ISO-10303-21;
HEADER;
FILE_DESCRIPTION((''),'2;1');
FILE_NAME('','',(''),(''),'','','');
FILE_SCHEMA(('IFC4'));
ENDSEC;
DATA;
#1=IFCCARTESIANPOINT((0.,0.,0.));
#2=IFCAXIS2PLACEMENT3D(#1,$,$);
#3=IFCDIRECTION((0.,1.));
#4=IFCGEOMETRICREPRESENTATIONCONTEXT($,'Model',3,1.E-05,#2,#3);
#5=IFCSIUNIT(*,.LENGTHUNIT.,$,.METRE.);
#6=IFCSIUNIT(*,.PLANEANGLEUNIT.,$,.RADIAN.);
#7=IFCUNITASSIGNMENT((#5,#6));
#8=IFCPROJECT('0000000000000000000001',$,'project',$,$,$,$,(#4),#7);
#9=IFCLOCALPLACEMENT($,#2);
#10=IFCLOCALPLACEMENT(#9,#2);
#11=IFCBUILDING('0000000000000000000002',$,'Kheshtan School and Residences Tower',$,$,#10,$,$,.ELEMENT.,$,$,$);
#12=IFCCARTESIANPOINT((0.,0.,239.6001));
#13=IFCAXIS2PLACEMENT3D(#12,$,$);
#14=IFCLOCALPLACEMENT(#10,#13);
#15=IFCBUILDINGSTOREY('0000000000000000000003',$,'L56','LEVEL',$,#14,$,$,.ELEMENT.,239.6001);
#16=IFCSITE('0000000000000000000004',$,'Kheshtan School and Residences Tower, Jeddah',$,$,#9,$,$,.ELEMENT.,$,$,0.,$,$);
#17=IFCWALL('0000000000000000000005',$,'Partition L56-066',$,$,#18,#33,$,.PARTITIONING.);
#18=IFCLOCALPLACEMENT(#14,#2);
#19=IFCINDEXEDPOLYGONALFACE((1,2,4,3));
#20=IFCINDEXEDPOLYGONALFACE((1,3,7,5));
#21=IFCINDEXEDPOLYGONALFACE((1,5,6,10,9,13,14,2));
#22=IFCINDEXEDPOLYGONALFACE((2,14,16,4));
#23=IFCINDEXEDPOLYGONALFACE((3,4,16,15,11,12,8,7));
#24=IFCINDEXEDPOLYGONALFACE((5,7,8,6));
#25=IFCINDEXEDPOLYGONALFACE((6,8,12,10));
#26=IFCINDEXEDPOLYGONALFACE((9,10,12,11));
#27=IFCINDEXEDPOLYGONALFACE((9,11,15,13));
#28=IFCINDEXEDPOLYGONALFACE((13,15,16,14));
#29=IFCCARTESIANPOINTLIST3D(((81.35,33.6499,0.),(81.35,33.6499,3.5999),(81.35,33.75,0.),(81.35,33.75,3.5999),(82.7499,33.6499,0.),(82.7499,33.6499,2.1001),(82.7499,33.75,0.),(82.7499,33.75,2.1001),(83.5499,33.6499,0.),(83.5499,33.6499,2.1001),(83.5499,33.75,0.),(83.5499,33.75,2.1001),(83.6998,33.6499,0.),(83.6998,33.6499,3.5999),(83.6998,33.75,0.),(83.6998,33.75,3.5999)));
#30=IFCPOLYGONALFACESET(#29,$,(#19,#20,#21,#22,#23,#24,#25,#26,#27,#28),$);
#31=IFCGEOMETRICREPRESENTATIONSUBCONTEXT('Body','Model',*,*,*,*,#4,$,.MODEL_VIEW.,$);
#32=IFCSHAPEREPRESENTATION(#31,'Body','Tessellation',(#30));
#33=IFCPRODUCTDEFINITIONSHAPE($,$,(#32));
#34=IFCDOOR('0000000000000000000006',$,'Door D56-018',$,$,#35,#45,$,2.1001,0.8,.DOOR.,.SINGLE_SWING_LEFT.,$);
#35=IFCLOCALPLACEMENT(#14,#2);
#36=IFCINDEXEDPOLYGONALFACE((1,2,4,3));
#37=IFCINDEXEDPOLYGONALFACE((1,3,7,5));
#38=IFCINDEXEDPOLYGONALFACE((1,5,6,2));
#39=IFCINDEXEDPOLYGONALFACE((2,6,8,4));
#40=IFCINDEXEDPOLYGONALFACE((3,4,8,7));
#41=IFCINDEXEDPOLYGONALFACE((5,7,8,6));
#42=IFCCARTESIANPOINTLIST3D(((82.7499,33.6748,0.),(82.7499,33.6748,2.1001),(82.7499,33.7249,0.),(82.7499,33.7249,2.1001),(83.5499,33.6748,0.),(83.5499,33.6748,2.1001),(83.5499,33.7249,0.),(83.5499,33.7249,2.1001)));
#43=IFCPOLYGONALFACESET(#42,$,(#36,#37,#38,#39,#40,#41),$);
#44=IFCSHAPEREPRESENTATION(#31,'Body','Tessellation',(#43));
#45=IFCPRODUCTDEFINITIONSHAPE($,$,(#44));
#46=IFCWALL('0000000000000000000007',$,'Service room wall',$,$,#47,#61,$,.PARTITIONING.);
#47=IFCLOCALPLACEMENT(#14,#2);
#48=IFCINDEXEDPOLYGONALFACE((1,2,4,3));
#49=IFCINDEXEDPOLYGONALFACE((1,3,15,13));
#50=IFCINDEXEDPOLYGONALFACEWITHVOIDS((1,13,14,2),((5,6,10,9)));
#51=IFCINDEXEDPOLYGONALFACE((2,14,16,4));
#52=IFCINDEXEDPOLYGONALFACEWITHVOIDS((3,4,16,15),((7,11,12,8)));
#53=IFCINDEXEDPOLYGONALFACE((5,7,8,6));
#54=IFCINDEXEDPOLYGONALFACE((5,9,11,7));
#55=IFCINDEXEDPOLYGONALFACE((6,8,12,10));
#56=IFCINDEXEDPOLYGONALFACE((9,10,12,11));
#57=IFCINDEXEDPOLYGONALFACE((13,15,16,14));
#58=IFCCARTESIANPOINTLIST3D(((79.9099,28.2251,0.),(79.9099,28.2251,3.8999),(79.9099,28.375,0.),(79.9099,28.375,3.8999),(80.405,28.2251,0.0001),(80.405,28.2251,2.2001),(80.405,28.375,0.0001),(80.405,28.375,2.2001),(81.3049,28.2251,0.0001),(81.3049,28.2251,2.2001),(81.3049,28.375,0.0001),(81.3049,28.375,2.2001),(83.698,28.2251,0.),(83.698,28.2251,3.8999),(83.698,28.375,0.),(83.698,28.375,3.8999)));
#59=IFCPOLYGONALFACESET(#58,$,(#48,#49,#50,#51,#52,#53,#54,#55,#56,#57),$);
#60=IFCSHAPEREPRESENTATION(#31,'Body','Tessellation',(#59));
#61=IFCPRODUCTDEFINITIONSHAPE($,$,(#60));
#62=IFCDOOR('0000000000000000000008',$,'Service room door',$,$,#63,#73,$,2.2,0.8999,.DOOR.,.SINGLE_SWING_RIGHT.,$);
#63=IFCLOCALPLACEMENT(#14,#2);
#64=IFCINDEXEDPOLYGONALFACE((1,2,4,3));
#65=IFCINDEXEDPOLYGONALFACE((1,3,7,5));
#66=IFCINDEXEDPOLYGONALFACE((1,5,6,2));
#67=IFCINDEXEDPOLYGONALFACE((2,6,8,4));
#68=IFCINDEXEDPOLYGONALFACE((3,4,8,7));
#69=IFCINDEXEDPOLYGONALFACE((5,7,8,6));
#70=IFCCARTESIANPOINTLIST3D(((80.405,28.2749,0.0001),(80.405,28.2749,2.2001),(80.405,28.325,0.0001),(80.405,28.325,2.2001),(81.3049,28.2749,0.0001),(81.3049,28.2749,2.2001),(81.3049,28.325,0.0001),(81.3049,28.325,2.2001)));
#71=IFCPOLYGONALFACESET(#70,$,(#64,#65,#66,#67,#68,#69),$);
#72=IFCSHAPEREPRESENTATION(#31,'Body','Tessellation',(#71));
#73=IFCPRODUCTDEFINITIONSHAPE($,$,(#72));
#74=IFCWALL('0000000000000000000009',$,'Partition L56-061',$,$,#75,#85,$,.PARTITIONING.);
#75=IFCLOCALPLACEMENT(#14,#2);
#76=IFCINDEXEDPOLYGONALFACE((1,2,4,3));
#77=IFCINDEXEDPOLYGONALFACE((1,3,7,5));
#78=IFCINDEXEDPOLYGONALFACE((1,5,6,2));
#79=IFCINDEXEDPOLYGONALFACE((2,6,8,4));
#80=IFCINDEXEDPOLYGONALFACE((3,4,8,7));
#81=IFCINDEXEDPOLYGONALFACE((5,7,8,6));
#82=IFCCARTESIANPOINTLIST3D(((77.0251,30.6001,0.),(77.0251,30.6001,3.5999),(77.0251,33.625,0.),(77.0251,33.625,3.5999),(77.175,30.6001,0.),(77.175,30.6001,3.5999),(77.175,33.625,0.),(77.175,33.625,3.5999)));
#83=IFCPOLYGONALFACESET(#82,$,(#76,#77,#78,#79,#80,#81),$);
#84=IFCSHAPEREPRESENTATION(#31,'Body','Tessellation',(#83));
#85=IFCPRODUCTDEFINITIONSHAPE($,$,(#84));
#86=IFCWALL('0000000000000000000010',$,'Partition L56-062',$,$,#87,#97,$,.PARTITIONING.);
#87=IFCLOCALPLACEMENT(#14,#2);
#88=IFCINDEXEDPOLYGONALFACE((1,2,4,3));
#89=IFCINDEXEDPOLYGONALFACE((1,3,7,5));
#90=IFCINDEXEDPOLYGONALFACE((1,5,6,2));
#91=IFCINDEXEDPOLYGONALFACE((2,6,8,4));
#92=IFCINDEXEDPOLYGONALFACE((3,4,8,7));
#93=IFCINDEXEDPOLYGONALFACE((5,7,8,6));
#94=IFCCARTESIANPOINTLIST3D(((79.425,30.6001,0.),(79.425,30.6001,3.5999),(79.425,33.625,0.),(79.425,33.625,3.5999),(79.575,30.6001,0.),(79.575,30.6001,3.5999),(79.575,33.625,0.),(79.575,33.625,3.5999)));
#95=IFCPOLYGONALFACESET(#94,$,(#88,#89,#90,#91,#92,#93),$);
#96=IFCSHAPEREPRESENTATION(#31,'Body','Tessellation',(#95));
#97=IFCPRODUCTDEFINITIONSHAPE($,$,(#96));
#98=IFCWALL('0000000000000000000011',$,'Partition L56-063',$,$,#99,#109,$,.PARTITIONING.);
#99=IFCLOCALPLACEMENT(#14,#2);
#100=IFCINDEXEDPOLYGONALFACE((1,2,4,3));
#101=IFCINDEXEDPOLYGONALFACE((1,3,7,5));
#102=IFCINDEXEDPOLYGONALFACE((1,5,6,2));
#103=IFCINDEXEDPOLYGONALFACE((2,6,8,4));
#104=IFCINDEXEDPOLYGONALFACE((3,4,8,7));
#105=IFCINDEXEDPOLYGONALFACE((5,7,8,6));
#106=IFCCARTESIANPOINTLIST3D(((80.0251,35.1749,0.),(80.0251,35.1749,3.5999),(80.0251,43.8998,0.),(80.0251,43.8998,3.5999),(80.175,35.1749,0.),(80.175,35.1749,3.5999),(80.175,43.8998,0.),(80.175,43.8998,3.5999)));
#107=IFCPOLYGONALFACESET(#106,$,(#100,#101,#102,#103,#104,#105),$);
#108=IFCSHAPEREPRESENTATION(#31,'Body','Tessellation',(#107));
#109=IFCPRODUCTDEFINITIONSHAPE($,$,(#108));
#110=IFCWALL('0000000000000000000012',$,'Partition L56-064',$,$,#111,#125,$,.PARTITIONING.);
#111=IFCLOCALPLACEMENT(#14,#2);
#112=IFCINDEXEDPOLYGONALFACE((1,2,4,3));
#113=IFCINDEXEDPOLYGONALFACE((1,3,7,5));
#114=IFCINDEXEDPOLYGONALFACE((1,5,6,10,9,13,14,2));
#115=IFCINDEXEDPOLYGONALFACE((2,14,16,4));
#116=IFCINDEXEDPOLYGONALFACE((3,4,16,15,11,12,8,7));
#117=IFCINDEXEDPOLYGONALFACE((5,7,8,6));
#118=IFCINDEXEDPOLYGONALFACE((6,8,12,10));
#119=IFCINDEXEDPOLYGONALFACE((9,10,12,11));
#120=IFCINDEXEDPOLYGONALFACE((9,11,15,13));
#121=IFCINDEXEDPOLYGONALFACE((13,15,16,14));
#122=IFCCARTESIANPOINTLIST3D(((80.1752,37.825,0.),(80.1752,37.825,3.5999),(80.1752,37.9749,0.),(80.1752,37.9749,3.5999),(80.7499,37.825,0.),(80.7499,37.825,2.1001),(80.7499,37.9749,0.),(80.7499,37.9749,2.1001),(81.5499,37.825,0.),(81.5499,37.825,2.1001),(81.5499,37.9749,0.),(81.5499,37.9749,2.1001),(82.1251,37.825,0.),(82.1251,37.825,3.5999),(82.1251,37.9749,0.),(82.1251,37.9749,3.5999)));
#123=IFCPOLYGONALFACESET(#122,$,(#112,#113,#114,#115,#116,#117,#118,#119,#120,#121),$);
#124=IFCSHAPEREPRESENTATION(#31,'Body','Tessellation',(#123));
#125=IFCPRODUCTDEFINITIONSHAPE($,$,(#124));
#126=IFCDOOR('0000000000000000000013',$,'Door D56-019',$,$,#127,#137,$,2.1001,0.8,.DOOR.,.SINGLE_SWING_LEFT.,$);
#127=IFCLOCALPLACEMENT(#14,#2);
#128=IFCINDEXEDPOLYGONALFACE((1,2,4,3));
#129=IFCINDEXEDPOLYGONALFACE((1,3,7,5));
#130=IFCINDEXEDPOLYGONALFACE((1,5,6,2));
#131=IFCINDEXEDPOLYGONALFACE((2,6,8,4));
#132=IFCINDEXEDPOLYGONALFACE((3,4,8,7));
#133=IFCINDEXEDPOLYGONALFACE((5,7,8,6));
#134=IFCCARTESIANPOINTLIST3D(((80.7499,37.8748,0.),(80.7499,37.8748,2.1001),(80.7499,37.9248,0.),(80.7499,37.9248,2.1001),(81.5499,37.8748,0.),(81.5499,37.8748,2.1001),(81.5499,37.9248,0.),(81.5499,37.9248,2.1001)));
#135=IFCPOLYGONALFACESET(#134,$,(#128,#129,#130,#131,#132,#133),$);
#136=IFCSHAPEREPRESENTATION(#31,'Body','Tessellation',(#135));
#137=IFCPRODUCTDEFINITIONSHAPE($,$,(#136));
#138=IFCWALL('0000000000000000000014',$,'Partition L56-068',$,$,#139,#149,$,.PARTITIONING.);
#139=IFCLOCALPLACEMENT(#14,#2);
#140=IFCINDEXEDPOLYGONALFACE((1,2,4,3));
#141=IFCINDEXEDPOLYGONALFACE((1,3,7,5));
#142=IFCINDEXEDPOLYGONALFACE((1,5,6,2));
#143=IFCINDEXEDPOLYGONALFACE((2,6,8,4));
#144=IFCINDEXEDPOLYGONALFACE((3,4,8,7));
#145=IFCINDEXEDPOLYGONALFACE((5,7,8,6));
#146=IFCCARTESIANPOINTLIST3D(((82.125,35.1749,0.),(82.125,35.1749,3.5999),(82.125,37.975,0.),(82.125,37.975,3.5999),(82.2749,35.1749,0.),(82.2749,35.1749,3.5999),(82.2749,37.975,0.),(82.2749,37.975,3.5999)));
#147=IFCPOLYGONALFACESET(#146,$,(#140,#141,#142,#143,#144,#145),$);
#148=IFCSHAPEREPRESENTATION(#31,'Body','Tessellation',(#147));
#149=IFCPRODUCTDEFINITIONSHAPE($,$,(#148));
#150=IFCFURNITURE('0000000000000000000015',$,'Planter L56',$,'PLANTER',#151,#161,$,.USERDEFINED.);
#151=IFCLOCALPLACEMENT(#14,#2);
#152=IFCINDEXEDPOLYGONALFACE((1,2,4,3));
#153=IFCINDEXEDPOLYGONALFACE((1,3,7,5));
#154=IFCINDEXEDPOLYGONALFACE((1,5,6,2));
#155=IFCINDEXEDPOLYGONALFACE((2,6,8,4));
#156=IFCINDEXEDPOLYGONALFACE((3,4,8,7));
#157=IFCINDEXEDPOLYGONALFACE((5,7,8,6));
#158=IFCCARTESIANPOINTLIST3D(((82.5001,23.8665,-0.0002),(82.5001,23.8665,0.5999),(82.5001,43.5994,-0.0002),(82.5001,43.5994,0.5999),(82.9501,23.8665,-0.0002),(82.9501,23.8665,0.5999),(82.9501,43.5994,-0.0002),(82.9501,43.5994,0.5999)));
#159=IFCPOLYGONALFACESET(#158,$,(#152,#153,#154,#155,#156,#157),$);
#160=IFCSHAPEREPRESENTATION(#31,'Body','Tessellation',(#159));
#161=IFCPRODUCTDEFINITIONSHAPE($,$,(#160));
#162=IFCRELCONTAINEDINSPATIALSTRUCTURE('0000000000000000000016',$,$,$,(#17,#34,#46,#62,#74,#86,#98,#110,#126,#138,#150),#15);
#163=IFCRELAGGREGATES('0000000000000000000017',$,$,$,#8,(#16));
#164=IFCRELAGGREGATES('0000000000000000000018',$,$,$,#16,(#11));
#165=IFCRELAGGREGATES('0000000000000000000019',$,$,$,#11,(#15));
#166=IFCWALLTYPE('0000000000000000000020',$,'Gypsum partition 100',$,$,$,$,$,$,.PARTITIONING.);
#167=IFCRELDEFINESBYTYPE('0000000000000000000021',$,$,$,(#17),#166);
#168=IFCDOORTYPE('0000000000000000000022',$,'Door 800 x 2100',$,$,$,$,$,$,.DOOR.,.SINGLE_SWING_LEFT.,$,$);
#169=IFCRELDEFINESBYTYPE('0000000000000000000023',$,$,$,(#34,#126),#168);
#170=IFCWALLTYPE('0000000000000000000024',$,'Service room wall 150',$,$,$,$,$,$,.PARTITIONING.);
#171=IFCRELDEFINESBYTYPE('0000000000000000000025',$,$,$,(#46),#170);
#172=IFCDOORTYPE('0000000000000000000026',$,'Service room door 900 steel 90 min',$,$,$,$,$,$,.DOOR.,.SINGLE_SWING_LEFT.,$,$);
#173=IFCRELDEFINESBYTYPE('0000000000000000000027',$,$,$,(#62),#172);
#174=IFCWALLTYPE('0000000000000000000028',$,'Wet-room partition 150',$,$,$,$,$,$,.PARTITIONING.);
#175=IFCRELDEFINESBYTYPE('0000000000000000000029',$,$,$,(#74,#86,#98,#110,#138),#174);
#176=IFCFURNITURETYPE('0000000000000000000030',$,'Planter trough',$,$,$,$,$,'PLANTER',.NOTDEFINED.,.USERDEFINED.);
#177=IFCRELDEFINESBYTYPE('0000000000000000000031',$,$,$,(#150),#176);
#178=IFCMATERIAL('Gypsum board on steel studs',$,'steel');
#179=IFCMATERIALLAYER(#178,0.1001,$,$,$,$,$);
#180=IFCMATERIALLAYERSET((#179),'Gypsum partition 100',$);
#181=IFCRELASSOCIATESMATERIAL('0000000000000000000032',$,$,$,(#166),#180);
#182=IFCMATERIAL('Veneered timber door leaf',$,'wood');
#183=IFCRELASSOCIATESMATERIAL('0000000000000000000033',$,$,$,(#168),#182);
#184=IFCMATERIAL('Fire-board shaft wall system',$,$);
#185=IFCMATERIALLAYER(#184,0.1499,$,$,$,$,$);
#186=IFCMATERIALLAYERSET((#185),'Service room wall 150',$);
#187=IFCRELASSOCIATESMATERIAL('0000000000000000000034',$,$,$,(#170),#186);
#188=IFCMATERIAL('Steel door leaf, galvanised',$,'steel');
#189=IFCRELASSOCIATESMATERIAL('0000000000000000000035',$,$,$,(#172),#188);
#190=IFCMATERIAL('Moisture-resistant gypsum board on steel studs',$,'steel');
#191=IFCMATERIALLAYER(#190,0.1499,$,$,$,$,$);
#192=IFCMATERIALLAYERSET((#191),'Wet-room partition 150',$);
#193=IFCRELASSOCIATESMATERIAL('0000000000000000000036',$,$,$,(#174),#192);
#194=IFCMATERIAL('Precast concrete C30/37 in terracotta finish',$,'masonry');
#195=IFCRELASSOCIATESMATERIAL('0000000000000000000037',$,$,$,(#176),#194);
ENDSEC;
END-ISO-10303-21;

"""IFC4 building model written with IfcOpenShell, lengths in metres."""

from ifc_helpers import new_model, si_unit, direction, frame, frame_2d, origin, origin_2d, place, context, subcontext, project, spatial, rectangle, extrude, source, transform, mapped, material, layer, layer_set, type_object, element, fill, save


model = new_model("IFC4")

# Units and contexts
model_context = context("Model", 3, precision=1e-05, world=origin(), true_north=direction((0.0, 1.0)))
body_context = subcontext(model_context, "Body", "Model", "MODEL_VIEW")
ifc_project = project(units=[si_unit("LENGTHUNIT", "METRE"), si_unit("PLANEANGLEUNIT", "RADIAN")], contexts=[model_context])

# Site, building, storey
site_placement = place(None, origin())
site = spatial("IfcSite", under=ifc_project, at=site_placement, Name="Kheshtan School and Residences Tower, Jeddah", CompositionType="ELEMENT", RefElevation=0.0)
building_placement = place(site_placement, origin())
building = spatial("IfcBuilding", under=site, at=building_placement, Name="Kheshtan School and Residences Tower", CompositionType="ELEMENT")
storey_placement = place(building_placement, frame((0.0, 0.0, 239.6001)))
storey = spatial("IfcBuildingStorey", under=building, at=storey_placement, Name="L56", Description="LEVEL", CompositionType="ELEMENT", Elevation=239.6001)

# Shared definitions
ifc_material_1 = material(Name="Gypsum board on steel studs", Category="steel")
ifc_layer_1 = layer(ifc_material_1, 0.1001)
ifc_layer_set_1 = layer_set([ifc_layer_1], Name="Gypsum partition 100")
wall_type_1 = type_object("IfcWallType", Name="Gypsum partition 100", PredefinedType="PARTITIONING", material=ifc_layer_set_1)

# Walls, openings, doors
wall_1_placement = place(storey_placement, frame((81.3501, 33.7, 0.0), z_axis=(0.0, 0.0, 1.0), x_axis=(1.0, 0.0, 0.0)))
wall_1 = element("IfcWall", 1, at=wall_1_placement, inside=storey, type_object=wall_type_1, Name="Partition L56-066", PredefinedType="PARTITIONING", context=body_context, shape_type="SweptSolid", body=[
    extrude(rectangle(XDim=2.3499, YDim=0.1001, at=frame_2d((1.1748, 0.0))), origin(), (0.0, 0.0, 1.0), 3.5999),
])
opening_1_placement = place(wall_1_placement, frame((1.3999, 0.0, 0.0)))
opening_1 = element("IfcOpeningElement", 2, at=opening_1_placement, cuts=wall_1, PredefinedType="OPENING", context=body_context, shape_type="SweptSolid", body=[
    extrude(rectangle(XDim=0.8, YDim=2.1001, at=frame_2d((0.3999, 1.05))), frame((0.0, 0.0601, 0.0), z_axis=(0.0, -1.0, 0.0), x_axis=(1.0, 0.0, 0.0)), (0.0, 0.0, 1.0), 0.1201),
])
ifc_material_2 = material(Name="Veneered timber door leaf", Category="wood")
door_type_1 = type_object("IfcDoorType", Name="Door 800 x 2100", OperationType="SINGLE_SWING_LEFT", PredefinedType="DOOR", material=ifc_material_2)
shared_shape_1 = source(origin(), body_context, "Body", "SweptSolid", [
    extrude(rectangle(XDim=0.8, YDim=2.1001, at=frame_2d((0.3999, 1.05))), frame((0.0, 0.0249, 0.0), z_axis=(0.0, -1.0, 0.0), x_axis=(1.0, 0.0, 0.0)), (0.0, 0.0, 1.0), 0.05),
])
door_1_placement = place(opening_1_placement, origin())
door_1 = element("IfcDoor", 3, at=door_1_placement, inside=storey, type_object=door_type_1, Name="Door D56-018", OperationType="SINGLE_SWING_LEFT", OverallHeight=2.1001, OverallWidth=0.8, PredefinedType="DOOR", context=body_context, shape_type="MappedRepresentation", body=[
    mapped(shared_shape_1, transform((0.0, 0.0, 0.0), x_axis=(1.0, 0.0, 0.0), y_axis=(0.0, 1.0, 0.0), z_axis=(0.0, 0.0, 1.0), scale=1.0)),
])
fill(opening_1, door_1)
ifc_material_3 = material(Name="Fire-board shaft wall system")
ifc_layer_2 = layer(ifc_material_3, 0.1499)
ifc_layer_set_2 = layer_set([ifc_layer_2], Name="Service room wall 150")
wall_type_2 = type_object("IfcWallType", Name="Service room wall 150", PredefinedType="PARTITIONING", material=ifc_layer_set_2)
wall_2_placement = place(storey_placement, frame((79.9099, 28.3, 0.0), z_axis=(0.0, 0.0, 1.0), x_axis=(1.0, 0.0, 0.0)))
wall_2 = element("IfcWall", 4, at=wall_2_placement, inside=storey, type_object=wall_type_2, Name="Service room wall", PredefinedType="PARTITIONING", context=body_context, shape_type="SweptSolid", body=[
    extrude(rectangle(XDim=3.7881, YDim=0.1499, at=frame_2d((1.894, 0.0))), origin(), (0.0, 0.0, 1.0), 3.8999),
])
opening_2_placement = place(wall_2_placement, frame((0.4951, 0.0, 0.0)))
opening_2 = element("IfcOpeningElement", 5, at=opening_2_placement, cuts=wall_2, PredefinedType="OPENING", context=body_context, shape_type="SweptSolid", body=[
    extrude(rectangle(XDim=0.8999, YDim=2.2, at=frame_2d((0.45, 1.1001))), frame((0.0, 0.085, 0.0), z_axis=(0.0, -1.0, 0.0), x_axis=(1.0, 0.0, 0.0)), (0.0, 0.0, 1.0), 0.1699),
])
ifc_material_4 = material(Name="Steel door leaf, galvanised", Category="steel")
door_type_2 = type_object("IfcDoorType", Name="Service room door 900 steel 90 min", OperationType="SINGLE_SWING_LEFT", PredefinedType="DOOR", material=ifc_material_4)
shared_shape_2 = source(origin(), body_context, "Body", "SweptSolid", [
    extrude(rectangle(XDim=0.8999, YDim=2.2, at=frame_2d((0.45, 1.1001))), frame((0.0, 0.0249, 0.0), z_axis=(0.0, -1.0, 0.0), x_axis=(1.0, 0.0, 0.0)), (0.0, 0.0, 1.0), 0.05),
])
door_2_placement = place(opening_2_placement, origin())
door_2 = element("IfcDoor", 6, at=door_2_placement, inside=storey, type_object=door_type_2, Name="Service room door", OperationType="SINGLE_SWING_RIGHT", OverallHeight=2.2, OverallWidth=0.8999, PredefinedType="DOOR", context=body_context, shape_type="MappedRepresentation", body=[
    mapped(shared_shape_2, transform((0.0, 0.0, 0.0), x_axis=(1.0, 0.0, 0.0), y_axis=(0.0, 1.0, 0.0), z_axis=(0.0, 0.0, 1.0), scale=1.0)),
])
fill(opening_2, door_2)

# Walls
ifc_material_5 = material(Name="Moisture-resistant gypsum board on steel studs", Category="steel")
ifc_layer_3 = layer(ifc_material_5, 0.1499)
ifc_layer_set_3 = layer_set([ifc_layer_3], Name="Wet-room partition 150")
wall_type_3 = type_object("IfcWallType", Name="Wet-room partition 150", PredefinedType="PARTITIONING", material=ifc_layer_set_3)
for number, where, z_axis, x_axis, name in (
    (7, (77.1001, 30.6001, 0.0), (0.0, 0.0, 1.0), (0.0, 1.0, 0.0), "Partition L56-061"),
    (8, (79.5, 30.6001, 0.0), (0.0, 0.0, 1.0), (0.0, 1.0, 0.0), "Partition L56-062"),
):
    element("IfcWall", number, at=place(storey_placement, frame(where, z_axis=z_axis, x_axis=x_axis)), inside=storey, type_object=wall_type_3, Name=name, PredefinedType="PARTITIONING", context=body_context, shape_type="SweptSolid", body=[
        extrude(rectangle(XDim=3.0249, YDim=0.1499, at=frame_2d((1.5125, 0.0))), origin(), (0.0, 0.0, 1.0), 3.5999),
    ])
wall_3_placement = place(storey_placement, frame((80.1001, 35.175, 0.0), z_axis=(0.0, 0.0, 1.0), x_axis=(0.0, 1.0, 0.0)))
element("IfcWall", 9, at=wall_3_placement, inside=storey, type_object=wall_type_3, Name="Partition L56-063", PredefinedType="PARTITIONING", context=body_context, shape_type="SweptSolid", body=[
    extrude(rectangle(XDim=8.7249, YDim=0.1499, at=frame_2d((4.3623, 0.0))), origin(), (0.0, 0.0, 1.0), 3.5999),
])

# Wall, opening, door
wall_4_placement = place(storey_placement, frame((80.175, 37.8999, 0.0), z_axis=(0.0, 0.0, 1.0), x_axis=(1.0, 0.0, 0.0)))
wall_4 = element("IfcWall", 10, at=wall_4_placement, inside=storey, type_object=wall_type_3, Name="Partition L56-064", PredefinedType="PARTITIONING", context=body_context, shape_type="SweptSolid", body=[
    extrude(rectangle(XDim=1.95, YDim=0.1499, at=frame_2d((0.9751, 0.0))), origin(), (0.0, 0.0, 1.0), 3.5999),
])
opening_3_placement = place(wall_4_placement, frame((0.575, 0.0, 0.0)))
opening_3 = element("IfcOpeningElement", 11, at=opening_3_placement, cuts=wall_4, PredefinedType="OPENING", context=body_context, shape_type="SweptSolid", body=[
    extrude(rectangle(XDim=0.8, YDim=2.1001, at=frame_2d((0.3999, 1.05))), frame((0.0, 0.085, 0.0), z_axis=(0.0, -1.0, 0.0), x_axis=(1.0, 0.0, 0.0)), (0.0, 0.0, 1.0), 0.1699),
])
door_3_placement = place(opening_3_placement, origin())
door_3 = element("IfcDoor", 12, at=door_3_placement, inside=storey, type_object=door_type_1, Name="Door D56-019", OperationType="SINGLE_SWING_LEFT", OverallHeight=2.1001, OverallWidth=0.8, PredefinedType="DOOR", context=body_context, shape_type="MappedRepresentation", body=[
    mapped(shared_shape_1, transform((0.0, 0.0, 0.0), x_axis=(1.0, 0.0, 0.0), y_axis=(0.0, 1.0, 0.0), z_axis=(0.0, 0.0, 1.0), scale=1.0)),
])
fill(opening_3, door_3)

# Wall
wall_5_placement = place(storey_placement, frame((82.2, 35.175, 0.0), z_axis=(0.0, 0.0, 1.0), x_axis=(0.0, 1.0, 0.0)))
element("IfcWall", 13, at=wall_5_placement, inside=storey, type_object=wall_type_3, Name="Partition L56-068", PredefinedType="PARTITIONING", context=body_context, shape_type="SweptSolid", body=[
    extrude(rectangle(XDim=2.8, YDim=0.1499, at=frame_2d((1.3999, 0.0))), origin(), (0.0, 0.0, 1.0), 3.5999),
])

# Furniture
ifc_material_6 = material(Name="Precast concrete C30/37 in terracotta finish", Category="masonry")
furniture_type = type_object("IfcFurnitureType", Name="Planter trough", ElementType="PLANTER", AssemblyPlace="NOTDEFINED", PredefinedType="USERDEFINED", material=ifc_material_6)
furniture_placement = place(storey_placement, frame((82.7251, 33.7329, -0.0002), z_axis=(0.0, 0.0, 1.0), x_axis=(0.0, -1.0, 0.0)))
element("IfcFurniture", 14, at=furniture_placement, inside=storey, type_object=furniture_type, Name="Planter L56", ObjectType="PLANTER", PredefinedType="USERDEFINED", context=body_context, shape_type="SweptSolid", body=[
    extrude(rectangle(XDim=19.7329, YDim=0.45, at=origin_2d()), origin(), (0.0, 0.0, 1.0), 0.6001),
])

save(model, "model.ifc")
